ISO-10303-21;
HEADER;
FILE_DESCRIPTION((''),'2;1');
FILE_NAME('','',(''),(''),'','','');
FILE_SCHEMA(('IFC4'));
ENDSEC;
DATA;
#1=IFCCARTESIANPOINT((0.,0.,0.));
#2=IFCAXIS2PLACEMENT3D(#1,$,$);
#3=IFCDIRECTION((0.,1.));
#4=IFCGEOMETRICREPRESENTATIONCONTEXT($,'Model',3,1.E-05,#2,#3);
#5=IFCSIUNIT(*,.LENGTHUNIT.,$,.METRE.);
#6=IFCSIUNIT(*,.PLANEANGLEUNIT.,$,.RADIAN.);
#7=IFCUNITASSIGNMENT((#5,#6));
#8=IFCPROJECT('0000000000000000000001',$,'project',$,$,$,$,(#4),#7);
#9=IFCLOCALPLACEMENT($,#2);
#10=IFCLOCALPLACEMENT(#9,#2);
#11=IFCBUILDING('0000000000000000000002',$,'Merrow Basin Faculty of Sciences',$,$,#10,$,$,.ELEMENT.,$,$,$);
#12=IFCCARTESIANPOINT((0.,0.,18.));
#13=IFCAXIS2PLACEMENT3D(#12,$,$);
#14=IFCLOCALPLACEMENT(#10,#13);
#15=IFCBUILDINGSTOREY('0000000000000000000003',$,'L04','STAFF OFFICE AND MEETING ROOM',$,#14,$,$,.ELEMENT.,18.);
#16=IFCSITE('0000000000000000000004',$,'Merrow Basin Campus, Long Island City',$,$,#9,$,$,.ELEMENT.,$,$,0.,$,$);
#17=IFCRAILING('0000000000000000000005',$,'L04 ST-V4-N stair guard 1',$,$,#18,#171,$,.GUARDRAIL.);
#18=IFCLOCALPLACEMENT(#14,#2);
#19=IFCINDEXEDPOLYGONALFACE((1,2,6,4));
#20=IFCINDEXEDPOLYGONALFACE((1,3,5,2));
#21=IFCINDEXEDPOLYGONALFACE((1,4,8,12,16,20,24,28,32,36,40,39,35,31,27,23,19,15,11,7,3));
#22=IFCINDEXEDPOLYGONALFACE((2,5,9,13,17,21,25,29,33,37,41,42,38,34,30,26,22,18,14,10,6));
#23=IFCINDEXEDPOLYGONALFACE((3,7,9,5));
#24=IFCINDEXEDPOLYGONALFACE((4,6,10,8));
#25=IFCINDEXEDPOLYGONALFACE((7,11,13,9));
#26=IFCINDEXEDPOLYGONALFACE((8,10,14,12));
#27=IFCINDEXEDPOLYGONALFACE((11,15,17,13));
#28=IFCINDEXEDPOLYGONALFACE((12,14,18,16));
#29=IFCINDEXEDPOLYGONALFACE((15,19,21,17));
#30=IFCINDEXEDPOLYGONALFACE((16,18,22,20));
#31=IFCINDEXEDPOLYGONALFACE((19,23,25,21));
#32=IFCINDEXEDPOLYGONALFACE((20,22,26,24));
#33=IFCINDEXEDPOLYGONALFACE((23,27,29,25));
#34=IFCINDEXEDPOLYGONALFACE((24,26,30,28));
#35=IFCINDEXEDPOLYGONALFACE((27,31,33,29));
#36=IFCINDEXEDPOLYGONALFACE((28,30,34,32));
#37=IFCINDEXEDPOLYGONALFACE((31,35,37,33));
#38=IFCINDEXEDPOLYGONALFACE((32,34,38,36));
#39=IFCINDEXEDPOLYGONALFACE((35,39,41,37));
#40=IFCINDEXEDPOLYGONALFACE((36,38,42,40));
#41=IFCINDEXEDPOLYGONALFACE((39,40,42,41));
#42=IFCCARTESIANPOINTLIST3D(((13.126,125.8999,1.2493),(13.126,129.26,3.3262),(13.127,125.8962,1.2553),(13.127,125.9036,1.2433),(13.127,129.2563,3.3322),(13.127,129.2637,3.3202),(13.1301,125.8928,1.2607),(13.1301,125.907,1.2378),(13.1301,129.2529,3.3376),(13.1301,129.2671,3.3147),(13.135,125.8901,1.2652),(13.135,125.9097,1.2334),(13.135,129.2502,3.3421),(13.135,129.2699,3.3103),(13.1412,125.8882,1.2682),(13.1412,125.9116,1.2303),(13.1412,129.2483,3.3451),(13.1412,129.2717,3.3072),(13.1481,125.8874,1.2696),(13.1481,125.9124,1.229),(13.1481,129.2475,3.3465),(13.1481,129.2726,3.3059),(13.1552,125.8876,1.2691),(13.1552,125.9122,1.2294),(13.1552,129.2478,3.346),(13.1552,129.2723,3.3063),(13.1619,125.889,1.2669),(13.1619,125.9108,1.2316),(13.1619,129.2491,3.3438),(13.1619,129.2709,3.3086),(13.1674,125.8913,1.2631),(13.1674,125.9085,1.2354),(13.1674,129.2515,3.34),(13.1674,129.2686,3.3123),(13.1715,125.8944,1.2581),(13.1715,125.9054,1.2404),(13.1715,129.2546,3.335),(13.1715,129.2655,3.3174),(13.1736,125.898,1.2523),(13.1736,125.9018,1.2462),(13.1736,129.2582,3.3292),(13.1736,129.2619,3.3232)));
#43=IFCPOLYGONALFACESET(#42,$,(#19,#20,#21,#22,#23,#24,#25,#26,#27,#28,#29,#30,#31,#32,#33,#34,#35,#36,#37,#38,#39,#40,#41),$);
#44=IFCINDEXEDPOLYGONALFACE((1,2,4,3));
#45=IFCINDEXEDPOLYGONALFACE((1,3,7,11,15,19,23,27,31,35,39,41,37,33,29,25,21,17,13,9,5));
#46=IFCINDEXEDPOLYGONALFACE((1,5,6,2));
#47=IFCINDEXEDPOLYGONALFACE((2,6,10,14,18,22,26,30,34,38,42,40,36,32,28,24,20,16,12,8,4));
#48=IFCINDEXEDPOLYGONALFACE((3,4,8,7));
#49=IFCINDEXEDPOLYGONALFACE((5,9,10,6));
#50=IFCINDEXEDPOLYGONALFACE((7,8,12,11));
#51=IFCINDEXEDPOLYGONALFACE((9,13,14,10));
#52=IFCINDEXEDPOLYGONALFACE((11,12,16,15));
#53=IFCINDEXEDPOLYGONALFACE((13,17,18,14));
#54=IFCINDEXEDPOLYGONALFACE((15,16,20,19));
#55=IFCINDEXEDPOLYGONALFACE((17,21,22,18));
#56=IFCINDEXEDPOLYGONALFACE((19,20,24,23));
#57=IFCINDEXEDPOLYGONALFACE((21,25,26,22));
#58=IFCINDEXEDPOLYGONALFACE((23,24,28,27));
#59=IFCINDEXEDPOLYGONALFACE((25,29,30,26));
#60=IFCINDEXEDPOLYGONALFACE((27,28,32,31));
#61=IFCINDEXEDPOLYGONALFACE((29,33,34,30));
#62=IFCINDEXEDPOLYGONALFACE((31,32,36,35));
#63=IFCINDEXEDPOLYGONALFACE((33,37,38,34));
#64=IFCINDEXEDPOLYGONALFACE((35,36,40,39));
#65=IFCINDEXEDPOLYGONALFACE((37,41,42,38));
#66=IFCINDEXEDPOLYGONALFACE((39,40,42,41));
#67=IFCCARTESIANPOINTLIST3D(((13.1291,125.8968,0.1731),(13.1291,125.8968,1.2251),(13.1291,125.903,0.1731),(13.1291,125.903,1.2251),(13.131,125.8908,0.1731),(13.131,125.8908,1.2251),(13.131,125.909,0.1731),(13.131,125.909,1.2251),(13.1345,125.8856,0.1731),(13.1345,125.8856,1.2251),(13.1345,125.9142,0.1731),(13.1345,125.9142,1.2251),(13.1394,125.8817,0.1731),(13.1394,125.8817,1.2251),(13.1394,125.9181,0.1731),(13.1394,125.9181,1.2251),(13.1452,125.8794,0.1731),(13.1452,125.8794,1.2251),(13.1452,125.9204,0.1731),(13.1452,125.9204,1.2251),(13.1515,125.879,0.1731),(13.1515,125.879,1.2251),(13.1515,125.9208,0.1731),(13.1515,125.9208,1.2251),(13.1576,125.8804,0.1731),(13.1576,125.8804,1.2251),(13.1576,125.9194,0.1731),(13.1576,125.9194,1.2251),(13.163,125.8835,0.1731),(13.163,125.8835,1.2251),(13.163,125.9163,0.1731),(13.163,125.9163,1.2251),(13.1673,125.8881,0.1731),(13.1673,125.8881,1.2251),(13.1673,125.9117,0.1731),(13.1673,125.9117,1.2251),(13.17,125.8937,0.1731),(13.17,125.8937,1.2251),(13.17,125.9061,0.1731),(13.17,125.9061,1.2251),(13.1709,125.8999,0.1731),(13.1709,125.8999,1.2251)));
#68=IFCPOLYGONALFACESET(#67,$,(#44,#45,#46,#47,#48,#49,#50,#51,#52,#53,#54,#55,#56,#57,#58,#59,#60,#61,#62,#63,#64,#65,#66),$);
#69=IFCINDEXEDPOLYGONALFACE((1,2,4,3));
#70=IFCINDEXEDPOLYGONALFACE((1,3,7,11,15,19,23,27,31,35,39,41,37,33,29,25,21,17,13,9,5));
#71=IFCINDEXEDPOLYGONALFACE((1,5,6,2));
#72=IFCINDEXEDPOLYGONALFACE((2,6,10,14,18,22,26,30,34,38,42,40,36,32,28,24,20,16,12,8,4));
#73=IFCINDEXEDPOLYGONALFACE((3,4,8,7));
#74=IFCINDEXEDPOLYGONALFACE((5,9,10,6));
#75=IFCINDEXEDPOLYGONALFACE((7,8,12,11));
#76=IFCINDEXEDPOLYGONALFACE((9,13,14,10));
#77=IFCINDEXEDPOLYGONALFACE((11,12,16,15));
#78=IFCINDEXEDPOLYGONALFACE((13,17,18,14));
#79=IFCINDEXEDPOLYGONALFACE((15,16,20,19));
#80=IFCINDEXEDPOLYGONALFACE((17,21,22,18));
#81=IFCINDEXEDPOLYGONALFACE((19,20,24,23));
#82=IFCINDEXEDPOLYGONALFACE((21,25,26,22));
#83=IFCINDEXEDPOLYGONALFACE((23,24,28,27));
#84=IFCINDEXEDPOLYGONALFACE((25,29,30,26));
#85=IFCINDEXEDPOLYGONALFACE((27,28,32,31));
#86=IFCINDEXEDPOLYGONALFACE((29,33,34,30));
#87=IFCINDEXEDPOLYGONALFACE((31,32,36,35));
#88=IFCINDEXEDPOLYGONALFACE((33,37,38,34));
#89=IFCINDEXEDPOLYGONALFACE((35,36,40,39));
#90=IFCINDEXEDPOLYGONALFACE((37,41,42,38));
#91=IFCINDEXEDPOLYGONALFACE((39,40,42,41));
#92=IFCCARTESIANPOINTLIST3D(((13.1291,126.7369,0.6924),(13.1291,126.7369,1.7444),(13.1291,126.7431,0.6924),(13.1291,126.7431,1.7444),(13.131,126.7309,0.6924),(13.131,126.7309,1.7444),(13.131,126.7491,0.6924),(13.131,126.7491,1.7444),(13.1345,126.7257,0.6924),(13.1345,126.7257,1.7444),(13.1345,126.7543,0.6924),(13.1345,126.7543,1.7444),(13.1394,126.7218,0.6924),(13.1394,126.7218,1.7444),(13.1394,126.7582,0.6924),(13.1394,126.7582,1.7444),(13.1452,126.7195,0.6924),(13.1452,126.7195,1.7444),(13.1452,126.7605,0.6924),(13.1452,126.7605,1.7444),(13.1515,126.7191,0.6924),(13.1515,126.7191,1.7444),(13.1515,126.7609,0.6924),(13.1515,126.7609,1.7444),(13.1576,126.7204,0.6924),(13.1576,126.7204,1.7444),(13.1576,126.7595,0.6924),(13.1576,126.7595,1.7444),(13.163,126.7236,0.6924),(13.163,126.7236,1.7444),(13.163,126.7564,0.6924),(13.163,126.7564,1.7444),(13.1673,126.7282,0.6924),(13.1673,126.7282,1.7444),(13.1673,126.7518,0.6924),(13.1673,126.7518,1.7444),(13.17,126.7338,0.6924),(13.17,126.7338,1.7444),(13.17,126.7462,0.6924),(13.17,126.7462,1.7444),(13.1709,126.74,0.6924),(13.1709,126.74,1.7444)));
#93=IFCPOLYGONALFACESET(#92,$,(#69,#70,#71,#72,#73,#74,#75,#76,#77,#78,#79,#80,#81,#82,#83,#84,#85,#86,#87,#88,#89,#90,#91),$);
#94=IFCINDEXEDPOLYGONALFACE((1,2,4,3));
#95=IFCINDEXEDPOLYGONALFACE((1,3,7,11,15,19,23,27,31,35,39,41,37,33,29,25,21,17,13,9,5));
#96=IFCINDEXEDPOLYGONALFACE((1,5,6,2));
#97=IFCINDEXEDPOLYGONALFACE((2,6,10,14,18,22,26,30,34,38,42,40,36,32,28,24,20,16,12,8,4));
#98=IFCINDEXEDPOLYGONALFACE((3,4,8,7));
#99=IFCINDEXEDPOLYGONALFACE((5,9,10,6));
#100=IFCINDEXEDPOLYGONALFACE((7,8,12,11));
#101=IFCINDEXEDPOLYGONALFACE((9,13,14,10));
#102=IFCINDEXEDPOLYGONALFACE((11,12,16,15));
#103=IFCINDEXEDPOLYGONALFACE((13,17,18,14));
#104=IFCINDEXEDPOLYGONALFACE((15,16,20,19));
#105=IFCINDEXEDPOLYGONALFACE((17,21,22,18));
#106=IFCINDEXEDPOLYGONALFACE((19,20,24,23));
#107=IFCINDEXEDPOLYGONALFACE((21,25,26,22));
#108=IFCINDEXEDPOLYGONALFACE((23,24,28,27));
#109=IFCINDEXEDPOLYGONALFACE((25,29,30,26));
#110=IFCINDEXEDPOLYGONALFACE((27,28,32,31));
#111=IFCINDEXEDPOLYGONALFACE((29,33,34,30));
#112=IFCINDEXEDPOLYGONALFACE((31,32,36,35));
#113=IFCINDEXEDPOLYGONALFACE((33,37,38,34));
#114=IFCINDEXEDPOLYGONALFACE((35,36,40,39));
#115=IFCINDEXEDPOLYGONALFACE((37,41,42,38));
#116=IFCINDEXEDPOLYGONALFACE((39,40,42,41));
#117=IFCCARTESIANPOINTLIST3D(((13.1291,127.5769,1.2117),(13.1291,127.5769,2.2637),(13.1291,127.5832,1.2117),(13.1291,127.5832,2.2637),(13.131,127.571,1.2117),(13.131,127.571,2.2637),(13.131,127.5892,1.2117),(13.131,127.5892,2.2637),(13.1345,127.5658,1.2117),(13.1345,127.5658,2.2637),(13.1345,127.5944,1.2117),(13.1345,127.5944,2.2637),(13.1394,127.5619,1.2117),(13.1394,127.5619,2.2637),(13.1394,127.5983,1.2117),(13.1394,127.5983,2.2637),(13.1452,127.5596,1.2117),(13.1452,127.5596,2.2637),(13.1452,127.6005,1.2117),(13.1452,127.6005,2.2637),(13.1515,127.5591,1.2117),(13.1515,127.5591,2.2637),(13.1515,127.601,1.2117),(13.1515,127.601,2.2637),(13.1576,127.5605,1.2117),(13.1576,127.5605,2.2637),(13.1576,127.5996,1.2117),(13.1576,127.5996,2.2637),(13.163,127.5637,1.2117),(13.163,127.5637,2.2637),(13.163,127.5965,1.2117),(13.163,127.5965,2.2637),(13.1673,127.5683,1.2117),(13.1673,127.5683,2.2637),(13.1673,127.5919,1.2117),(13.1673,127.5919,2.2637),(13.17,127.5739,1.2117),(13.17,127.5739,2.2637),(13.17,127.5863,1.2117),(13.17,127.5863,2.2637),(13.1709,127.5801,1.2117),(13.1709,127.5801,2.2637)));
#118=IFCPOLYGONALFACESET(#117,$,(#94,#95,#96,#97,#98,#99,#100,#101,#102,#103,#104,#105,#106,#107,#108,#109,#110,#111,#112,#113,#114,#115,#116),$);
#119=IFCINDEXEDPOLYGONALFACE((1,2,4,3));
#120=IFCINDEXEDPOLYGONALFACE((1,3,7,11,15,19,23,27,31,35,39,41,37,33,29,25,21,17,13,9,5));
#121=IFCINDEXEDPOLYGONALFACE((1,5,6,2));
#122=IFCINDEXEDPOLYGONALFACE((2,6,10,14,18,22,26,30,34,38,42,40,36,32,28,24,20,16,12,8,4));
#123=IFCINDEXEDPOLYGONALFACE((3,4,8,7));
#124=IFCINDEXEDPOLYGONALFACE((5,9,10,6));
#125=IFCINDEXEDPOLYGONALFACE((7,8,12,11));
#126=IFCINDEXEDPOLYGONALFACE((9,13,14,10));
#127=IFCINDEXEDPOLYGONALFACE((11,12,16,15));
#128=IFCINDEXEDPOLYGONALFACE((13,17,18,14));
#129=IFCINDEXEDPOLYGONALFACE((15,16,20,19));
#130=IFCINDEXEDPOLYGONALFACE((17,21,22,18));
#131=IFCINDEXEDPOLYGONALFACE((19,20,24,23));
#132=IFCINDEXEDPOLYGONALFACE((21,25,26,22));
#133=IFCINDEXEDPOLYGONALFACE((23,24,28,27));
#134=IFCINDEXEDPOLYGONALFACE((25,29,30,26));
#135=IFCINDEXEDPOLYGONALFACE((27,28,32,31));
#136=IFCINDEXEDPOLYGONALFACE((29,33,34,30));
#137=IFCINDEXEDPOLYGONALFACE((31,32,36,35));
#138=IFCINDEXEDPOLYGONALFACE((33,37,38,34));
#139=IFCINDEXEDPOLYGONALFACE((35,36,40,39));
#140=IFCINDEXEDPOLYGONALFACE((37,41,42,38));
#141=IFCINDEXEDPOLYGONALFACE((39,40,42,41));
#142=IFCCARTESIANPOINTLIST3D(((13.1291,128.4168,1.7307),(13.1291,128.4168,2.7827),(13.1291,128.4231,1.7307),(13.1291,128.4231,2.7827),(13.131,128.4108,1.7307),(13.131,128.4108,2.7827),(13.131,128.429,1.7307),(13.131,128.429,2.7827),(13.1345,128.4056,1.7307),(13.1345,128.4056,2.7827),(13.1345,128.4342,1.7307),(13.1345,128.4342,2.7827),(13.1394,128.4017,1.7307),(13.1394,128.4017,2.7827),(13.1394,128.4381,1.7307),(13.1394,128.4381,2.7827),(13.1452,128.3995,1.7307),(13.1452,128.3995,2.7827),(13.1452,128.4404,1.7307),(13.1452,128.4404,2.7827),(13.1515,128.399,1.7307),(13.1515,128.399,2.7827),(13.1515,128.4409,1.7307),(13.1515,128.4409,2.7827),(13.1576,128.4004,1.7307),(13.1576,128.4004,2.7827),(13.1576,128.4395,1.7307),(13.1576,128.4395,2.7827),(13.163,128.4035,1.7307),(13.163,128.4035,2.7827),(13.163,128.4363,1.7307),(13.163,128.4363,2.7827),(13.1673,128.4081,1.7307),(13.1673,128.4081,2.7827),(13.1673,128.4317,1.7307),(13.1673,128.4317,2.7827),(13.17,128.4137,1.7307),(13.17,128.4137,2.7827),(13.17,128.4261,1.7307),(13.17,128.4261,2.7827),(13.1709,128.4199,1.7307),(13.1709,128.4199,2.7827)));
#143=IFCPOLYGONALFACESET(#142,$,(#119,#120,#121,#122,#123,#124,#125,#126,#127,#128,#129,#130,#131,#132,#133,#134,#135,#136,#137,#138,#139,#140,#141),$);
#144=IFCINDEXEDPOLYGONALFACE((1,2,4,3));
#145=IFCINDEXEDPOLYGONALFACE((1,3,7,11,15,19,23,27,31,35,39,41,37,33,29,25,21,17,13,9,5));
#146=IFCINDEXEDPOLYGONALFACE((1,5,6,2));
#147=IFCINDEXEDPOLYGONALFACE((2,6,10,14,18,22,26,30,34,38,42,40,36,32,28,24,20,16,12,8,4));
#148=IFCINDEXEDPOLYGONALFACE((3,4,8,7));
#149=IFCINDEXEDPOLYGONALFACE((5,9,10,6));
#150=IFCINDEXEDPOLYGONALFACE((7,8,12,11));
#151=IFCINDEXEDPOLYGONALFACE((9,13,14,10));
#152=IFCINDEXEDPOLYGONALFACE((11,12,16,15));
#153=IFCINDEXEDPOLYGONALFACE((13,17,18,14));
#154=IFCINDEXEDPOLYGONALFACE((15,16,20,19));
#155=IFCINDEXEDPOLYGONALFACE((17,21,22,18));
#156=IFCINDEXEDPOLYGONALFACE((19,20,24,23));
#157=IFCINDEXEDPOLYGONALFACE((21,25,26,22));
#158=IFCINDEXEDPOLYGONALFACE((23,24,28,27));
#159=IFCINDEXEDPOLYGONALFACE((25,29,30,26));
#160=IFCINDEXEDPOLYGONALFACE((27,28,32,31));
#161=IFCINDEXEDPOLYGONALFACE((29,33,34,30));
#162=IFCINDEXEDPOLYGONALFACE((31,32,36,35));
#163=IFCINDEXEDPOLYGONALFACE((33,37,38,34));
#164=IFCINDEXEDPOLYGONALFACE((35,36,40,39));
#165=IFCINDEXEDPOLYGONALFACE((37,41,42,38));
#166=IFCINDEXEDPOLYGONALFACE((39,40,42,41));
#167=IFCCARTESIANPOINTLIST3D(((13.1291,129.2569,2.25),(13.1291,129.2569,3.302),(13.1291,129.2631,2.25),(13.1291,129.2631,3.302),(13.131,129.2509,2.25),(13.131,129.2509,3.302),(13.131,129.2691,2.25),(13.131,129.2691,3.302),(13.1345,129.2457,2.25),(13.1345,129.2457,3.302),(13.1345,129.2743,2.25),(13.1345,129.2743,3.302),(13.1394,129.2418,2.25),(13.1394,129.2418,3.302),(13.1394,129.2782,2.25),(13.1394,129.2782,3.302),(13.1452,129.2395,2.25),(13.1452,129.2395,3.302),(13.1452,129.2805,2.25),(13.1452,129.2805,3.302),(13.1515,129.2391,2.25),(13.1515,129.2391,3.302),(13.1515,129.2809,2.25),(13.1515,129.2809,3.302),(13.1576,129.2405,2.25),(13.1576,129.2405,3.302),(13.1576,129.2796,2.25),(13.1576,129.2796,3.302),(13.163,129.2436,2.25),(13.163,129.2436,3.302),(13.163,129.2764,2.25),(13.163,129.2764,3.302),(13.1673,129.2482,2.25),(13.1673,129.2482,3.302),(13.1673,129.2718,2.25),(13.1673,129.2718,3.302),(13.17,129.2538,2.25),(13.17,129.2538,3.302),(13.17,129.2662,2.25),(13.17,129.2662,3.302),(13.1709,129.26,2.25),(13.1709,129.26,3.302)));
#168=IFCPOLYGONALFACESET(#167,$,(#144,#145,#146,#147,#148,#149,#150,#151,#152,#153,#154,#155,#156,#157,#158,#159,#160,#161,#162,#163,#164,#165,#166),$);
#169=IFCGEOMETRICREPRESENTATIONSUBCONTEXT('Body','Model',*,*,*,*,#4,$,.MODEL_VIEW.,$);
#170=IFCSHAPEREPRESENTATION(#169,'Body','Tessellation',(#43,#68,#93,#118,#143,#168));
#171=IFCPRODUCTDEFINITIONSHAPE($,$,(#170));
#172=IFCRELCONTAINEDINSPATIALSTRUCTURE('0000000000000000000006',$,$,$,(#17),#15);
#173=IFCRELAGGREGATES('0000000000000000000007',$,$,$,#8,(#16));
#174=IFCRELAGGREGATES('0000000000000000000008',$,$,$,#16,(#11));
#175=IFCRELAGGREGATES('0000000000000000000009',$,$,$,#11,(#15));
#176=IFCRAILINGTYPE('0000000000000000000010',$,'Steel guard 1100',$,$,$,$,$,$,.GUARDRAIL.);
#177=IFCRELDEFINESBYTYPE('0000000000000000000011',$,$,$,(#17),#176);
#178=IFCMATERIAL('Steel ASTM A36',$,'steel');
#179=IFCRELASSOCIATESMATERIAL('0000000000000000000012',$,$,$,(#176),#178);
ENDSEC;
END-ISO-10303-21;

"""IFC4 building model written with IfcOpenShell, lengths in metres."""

from ifc_helpers import new_model, si_unit, direction, frame, origin, origin_2d, place, context, subcontext, project, spatial, circle, extrude, material, type_object, element, save


model = new_model("IFC4")

# Units and contexts
model_context = context("Model", 3, precision=1e-05, world=origin(), true_north=direction((0.0, 1.0)))
body_context = subcontext(model_context, "Body", "Model", "MODEL_VIEW")
ifc_project = project(units=[si_unit("LENGTHUNIT", "METRE"), si_unit("PLANEANGLEUNIT", "RADIAN")], contexts=[model_context])

# Site, building, storey
site_placement = place(None, origin())
site = spatial("IfcSite", under=ifc_project, at=site_placement, Name="Merrow Basin Campus, Long Island City", CompositionType="ELEMENT", RefElevation=0.0)
building_placement = place(site_placement, origin())
building = spatial("IfcBuilding", under=site, at=building_placement, Name="Merrow Basin Faculty of Sciences", CompositionType="ELEMENT")
storey_placement = place(building_placement, frame((0.0, 0.0, 18.0)))
storey = spatial("IfcBuildingStorey", under=building, at=storey_placement, Name="L04", Description="STAFF OFFICE AND MEETING ROOM", CompositionType="ELEMENT", Elevation=18.0)

# Railing
ifc_material_1 = material(Name="Steel ASTM A36", Category="steel")
railing_type = type_object("IfcRailingType", Name="Steel guard 1100", PredefinedType="GUARDRAIL", material=ifc_material_1)
railing_1_placement = place(storey_placement, frame((13.1499, 125.8999, 0.1731)))
element("IfcRailing", 1, at=railing_1_placement, inside=storey, type_object=railing_type, Name="L04 ST-V4-N stair guard 1", PredefinedType="GUARDRAIL", context=body_context, shape_type="SweptSolid", body=[
    extrude(circle(Radius=0.0239, at=origin_2d()), frame((0.0, 0.0, 1.0762), z_axis=(0.0, 0.850623, 0.525776), x_axis=(-1.0, 0.0, 0.0)), (0.0, 0.0, 1.0), 3.9502),
    extrude(circle(Radius=0.021, at=origin_2d()), origin(), (0.0, 0.0, 1.0), 1.052),
    extrude(circle(Radius=0.021, at=origin_2d()), frame((0.0, 0.8401, 0.5193)), (0.0, 0.0, 1.0), 1.052),
    extrude(circle(Radius=0.021, at=origin_2d()), frame((0.0, 1.6802, 1.0386)), (0.0, 0.0, 1.0), 1.052),
    extrude(circle(Radius=0.021, at=origin_2d()), frame((0.0, 2.52, 1.5576)), (0.0, 0.0, 1.0), 1.052),
    extrude(circle(Radius=0.021, at=origin_2d()), frame((0.0, 3.3601, 2.0769)), (0.0, 0.0, 1.0), 1.052),
])

save(model, "model.ifc")
